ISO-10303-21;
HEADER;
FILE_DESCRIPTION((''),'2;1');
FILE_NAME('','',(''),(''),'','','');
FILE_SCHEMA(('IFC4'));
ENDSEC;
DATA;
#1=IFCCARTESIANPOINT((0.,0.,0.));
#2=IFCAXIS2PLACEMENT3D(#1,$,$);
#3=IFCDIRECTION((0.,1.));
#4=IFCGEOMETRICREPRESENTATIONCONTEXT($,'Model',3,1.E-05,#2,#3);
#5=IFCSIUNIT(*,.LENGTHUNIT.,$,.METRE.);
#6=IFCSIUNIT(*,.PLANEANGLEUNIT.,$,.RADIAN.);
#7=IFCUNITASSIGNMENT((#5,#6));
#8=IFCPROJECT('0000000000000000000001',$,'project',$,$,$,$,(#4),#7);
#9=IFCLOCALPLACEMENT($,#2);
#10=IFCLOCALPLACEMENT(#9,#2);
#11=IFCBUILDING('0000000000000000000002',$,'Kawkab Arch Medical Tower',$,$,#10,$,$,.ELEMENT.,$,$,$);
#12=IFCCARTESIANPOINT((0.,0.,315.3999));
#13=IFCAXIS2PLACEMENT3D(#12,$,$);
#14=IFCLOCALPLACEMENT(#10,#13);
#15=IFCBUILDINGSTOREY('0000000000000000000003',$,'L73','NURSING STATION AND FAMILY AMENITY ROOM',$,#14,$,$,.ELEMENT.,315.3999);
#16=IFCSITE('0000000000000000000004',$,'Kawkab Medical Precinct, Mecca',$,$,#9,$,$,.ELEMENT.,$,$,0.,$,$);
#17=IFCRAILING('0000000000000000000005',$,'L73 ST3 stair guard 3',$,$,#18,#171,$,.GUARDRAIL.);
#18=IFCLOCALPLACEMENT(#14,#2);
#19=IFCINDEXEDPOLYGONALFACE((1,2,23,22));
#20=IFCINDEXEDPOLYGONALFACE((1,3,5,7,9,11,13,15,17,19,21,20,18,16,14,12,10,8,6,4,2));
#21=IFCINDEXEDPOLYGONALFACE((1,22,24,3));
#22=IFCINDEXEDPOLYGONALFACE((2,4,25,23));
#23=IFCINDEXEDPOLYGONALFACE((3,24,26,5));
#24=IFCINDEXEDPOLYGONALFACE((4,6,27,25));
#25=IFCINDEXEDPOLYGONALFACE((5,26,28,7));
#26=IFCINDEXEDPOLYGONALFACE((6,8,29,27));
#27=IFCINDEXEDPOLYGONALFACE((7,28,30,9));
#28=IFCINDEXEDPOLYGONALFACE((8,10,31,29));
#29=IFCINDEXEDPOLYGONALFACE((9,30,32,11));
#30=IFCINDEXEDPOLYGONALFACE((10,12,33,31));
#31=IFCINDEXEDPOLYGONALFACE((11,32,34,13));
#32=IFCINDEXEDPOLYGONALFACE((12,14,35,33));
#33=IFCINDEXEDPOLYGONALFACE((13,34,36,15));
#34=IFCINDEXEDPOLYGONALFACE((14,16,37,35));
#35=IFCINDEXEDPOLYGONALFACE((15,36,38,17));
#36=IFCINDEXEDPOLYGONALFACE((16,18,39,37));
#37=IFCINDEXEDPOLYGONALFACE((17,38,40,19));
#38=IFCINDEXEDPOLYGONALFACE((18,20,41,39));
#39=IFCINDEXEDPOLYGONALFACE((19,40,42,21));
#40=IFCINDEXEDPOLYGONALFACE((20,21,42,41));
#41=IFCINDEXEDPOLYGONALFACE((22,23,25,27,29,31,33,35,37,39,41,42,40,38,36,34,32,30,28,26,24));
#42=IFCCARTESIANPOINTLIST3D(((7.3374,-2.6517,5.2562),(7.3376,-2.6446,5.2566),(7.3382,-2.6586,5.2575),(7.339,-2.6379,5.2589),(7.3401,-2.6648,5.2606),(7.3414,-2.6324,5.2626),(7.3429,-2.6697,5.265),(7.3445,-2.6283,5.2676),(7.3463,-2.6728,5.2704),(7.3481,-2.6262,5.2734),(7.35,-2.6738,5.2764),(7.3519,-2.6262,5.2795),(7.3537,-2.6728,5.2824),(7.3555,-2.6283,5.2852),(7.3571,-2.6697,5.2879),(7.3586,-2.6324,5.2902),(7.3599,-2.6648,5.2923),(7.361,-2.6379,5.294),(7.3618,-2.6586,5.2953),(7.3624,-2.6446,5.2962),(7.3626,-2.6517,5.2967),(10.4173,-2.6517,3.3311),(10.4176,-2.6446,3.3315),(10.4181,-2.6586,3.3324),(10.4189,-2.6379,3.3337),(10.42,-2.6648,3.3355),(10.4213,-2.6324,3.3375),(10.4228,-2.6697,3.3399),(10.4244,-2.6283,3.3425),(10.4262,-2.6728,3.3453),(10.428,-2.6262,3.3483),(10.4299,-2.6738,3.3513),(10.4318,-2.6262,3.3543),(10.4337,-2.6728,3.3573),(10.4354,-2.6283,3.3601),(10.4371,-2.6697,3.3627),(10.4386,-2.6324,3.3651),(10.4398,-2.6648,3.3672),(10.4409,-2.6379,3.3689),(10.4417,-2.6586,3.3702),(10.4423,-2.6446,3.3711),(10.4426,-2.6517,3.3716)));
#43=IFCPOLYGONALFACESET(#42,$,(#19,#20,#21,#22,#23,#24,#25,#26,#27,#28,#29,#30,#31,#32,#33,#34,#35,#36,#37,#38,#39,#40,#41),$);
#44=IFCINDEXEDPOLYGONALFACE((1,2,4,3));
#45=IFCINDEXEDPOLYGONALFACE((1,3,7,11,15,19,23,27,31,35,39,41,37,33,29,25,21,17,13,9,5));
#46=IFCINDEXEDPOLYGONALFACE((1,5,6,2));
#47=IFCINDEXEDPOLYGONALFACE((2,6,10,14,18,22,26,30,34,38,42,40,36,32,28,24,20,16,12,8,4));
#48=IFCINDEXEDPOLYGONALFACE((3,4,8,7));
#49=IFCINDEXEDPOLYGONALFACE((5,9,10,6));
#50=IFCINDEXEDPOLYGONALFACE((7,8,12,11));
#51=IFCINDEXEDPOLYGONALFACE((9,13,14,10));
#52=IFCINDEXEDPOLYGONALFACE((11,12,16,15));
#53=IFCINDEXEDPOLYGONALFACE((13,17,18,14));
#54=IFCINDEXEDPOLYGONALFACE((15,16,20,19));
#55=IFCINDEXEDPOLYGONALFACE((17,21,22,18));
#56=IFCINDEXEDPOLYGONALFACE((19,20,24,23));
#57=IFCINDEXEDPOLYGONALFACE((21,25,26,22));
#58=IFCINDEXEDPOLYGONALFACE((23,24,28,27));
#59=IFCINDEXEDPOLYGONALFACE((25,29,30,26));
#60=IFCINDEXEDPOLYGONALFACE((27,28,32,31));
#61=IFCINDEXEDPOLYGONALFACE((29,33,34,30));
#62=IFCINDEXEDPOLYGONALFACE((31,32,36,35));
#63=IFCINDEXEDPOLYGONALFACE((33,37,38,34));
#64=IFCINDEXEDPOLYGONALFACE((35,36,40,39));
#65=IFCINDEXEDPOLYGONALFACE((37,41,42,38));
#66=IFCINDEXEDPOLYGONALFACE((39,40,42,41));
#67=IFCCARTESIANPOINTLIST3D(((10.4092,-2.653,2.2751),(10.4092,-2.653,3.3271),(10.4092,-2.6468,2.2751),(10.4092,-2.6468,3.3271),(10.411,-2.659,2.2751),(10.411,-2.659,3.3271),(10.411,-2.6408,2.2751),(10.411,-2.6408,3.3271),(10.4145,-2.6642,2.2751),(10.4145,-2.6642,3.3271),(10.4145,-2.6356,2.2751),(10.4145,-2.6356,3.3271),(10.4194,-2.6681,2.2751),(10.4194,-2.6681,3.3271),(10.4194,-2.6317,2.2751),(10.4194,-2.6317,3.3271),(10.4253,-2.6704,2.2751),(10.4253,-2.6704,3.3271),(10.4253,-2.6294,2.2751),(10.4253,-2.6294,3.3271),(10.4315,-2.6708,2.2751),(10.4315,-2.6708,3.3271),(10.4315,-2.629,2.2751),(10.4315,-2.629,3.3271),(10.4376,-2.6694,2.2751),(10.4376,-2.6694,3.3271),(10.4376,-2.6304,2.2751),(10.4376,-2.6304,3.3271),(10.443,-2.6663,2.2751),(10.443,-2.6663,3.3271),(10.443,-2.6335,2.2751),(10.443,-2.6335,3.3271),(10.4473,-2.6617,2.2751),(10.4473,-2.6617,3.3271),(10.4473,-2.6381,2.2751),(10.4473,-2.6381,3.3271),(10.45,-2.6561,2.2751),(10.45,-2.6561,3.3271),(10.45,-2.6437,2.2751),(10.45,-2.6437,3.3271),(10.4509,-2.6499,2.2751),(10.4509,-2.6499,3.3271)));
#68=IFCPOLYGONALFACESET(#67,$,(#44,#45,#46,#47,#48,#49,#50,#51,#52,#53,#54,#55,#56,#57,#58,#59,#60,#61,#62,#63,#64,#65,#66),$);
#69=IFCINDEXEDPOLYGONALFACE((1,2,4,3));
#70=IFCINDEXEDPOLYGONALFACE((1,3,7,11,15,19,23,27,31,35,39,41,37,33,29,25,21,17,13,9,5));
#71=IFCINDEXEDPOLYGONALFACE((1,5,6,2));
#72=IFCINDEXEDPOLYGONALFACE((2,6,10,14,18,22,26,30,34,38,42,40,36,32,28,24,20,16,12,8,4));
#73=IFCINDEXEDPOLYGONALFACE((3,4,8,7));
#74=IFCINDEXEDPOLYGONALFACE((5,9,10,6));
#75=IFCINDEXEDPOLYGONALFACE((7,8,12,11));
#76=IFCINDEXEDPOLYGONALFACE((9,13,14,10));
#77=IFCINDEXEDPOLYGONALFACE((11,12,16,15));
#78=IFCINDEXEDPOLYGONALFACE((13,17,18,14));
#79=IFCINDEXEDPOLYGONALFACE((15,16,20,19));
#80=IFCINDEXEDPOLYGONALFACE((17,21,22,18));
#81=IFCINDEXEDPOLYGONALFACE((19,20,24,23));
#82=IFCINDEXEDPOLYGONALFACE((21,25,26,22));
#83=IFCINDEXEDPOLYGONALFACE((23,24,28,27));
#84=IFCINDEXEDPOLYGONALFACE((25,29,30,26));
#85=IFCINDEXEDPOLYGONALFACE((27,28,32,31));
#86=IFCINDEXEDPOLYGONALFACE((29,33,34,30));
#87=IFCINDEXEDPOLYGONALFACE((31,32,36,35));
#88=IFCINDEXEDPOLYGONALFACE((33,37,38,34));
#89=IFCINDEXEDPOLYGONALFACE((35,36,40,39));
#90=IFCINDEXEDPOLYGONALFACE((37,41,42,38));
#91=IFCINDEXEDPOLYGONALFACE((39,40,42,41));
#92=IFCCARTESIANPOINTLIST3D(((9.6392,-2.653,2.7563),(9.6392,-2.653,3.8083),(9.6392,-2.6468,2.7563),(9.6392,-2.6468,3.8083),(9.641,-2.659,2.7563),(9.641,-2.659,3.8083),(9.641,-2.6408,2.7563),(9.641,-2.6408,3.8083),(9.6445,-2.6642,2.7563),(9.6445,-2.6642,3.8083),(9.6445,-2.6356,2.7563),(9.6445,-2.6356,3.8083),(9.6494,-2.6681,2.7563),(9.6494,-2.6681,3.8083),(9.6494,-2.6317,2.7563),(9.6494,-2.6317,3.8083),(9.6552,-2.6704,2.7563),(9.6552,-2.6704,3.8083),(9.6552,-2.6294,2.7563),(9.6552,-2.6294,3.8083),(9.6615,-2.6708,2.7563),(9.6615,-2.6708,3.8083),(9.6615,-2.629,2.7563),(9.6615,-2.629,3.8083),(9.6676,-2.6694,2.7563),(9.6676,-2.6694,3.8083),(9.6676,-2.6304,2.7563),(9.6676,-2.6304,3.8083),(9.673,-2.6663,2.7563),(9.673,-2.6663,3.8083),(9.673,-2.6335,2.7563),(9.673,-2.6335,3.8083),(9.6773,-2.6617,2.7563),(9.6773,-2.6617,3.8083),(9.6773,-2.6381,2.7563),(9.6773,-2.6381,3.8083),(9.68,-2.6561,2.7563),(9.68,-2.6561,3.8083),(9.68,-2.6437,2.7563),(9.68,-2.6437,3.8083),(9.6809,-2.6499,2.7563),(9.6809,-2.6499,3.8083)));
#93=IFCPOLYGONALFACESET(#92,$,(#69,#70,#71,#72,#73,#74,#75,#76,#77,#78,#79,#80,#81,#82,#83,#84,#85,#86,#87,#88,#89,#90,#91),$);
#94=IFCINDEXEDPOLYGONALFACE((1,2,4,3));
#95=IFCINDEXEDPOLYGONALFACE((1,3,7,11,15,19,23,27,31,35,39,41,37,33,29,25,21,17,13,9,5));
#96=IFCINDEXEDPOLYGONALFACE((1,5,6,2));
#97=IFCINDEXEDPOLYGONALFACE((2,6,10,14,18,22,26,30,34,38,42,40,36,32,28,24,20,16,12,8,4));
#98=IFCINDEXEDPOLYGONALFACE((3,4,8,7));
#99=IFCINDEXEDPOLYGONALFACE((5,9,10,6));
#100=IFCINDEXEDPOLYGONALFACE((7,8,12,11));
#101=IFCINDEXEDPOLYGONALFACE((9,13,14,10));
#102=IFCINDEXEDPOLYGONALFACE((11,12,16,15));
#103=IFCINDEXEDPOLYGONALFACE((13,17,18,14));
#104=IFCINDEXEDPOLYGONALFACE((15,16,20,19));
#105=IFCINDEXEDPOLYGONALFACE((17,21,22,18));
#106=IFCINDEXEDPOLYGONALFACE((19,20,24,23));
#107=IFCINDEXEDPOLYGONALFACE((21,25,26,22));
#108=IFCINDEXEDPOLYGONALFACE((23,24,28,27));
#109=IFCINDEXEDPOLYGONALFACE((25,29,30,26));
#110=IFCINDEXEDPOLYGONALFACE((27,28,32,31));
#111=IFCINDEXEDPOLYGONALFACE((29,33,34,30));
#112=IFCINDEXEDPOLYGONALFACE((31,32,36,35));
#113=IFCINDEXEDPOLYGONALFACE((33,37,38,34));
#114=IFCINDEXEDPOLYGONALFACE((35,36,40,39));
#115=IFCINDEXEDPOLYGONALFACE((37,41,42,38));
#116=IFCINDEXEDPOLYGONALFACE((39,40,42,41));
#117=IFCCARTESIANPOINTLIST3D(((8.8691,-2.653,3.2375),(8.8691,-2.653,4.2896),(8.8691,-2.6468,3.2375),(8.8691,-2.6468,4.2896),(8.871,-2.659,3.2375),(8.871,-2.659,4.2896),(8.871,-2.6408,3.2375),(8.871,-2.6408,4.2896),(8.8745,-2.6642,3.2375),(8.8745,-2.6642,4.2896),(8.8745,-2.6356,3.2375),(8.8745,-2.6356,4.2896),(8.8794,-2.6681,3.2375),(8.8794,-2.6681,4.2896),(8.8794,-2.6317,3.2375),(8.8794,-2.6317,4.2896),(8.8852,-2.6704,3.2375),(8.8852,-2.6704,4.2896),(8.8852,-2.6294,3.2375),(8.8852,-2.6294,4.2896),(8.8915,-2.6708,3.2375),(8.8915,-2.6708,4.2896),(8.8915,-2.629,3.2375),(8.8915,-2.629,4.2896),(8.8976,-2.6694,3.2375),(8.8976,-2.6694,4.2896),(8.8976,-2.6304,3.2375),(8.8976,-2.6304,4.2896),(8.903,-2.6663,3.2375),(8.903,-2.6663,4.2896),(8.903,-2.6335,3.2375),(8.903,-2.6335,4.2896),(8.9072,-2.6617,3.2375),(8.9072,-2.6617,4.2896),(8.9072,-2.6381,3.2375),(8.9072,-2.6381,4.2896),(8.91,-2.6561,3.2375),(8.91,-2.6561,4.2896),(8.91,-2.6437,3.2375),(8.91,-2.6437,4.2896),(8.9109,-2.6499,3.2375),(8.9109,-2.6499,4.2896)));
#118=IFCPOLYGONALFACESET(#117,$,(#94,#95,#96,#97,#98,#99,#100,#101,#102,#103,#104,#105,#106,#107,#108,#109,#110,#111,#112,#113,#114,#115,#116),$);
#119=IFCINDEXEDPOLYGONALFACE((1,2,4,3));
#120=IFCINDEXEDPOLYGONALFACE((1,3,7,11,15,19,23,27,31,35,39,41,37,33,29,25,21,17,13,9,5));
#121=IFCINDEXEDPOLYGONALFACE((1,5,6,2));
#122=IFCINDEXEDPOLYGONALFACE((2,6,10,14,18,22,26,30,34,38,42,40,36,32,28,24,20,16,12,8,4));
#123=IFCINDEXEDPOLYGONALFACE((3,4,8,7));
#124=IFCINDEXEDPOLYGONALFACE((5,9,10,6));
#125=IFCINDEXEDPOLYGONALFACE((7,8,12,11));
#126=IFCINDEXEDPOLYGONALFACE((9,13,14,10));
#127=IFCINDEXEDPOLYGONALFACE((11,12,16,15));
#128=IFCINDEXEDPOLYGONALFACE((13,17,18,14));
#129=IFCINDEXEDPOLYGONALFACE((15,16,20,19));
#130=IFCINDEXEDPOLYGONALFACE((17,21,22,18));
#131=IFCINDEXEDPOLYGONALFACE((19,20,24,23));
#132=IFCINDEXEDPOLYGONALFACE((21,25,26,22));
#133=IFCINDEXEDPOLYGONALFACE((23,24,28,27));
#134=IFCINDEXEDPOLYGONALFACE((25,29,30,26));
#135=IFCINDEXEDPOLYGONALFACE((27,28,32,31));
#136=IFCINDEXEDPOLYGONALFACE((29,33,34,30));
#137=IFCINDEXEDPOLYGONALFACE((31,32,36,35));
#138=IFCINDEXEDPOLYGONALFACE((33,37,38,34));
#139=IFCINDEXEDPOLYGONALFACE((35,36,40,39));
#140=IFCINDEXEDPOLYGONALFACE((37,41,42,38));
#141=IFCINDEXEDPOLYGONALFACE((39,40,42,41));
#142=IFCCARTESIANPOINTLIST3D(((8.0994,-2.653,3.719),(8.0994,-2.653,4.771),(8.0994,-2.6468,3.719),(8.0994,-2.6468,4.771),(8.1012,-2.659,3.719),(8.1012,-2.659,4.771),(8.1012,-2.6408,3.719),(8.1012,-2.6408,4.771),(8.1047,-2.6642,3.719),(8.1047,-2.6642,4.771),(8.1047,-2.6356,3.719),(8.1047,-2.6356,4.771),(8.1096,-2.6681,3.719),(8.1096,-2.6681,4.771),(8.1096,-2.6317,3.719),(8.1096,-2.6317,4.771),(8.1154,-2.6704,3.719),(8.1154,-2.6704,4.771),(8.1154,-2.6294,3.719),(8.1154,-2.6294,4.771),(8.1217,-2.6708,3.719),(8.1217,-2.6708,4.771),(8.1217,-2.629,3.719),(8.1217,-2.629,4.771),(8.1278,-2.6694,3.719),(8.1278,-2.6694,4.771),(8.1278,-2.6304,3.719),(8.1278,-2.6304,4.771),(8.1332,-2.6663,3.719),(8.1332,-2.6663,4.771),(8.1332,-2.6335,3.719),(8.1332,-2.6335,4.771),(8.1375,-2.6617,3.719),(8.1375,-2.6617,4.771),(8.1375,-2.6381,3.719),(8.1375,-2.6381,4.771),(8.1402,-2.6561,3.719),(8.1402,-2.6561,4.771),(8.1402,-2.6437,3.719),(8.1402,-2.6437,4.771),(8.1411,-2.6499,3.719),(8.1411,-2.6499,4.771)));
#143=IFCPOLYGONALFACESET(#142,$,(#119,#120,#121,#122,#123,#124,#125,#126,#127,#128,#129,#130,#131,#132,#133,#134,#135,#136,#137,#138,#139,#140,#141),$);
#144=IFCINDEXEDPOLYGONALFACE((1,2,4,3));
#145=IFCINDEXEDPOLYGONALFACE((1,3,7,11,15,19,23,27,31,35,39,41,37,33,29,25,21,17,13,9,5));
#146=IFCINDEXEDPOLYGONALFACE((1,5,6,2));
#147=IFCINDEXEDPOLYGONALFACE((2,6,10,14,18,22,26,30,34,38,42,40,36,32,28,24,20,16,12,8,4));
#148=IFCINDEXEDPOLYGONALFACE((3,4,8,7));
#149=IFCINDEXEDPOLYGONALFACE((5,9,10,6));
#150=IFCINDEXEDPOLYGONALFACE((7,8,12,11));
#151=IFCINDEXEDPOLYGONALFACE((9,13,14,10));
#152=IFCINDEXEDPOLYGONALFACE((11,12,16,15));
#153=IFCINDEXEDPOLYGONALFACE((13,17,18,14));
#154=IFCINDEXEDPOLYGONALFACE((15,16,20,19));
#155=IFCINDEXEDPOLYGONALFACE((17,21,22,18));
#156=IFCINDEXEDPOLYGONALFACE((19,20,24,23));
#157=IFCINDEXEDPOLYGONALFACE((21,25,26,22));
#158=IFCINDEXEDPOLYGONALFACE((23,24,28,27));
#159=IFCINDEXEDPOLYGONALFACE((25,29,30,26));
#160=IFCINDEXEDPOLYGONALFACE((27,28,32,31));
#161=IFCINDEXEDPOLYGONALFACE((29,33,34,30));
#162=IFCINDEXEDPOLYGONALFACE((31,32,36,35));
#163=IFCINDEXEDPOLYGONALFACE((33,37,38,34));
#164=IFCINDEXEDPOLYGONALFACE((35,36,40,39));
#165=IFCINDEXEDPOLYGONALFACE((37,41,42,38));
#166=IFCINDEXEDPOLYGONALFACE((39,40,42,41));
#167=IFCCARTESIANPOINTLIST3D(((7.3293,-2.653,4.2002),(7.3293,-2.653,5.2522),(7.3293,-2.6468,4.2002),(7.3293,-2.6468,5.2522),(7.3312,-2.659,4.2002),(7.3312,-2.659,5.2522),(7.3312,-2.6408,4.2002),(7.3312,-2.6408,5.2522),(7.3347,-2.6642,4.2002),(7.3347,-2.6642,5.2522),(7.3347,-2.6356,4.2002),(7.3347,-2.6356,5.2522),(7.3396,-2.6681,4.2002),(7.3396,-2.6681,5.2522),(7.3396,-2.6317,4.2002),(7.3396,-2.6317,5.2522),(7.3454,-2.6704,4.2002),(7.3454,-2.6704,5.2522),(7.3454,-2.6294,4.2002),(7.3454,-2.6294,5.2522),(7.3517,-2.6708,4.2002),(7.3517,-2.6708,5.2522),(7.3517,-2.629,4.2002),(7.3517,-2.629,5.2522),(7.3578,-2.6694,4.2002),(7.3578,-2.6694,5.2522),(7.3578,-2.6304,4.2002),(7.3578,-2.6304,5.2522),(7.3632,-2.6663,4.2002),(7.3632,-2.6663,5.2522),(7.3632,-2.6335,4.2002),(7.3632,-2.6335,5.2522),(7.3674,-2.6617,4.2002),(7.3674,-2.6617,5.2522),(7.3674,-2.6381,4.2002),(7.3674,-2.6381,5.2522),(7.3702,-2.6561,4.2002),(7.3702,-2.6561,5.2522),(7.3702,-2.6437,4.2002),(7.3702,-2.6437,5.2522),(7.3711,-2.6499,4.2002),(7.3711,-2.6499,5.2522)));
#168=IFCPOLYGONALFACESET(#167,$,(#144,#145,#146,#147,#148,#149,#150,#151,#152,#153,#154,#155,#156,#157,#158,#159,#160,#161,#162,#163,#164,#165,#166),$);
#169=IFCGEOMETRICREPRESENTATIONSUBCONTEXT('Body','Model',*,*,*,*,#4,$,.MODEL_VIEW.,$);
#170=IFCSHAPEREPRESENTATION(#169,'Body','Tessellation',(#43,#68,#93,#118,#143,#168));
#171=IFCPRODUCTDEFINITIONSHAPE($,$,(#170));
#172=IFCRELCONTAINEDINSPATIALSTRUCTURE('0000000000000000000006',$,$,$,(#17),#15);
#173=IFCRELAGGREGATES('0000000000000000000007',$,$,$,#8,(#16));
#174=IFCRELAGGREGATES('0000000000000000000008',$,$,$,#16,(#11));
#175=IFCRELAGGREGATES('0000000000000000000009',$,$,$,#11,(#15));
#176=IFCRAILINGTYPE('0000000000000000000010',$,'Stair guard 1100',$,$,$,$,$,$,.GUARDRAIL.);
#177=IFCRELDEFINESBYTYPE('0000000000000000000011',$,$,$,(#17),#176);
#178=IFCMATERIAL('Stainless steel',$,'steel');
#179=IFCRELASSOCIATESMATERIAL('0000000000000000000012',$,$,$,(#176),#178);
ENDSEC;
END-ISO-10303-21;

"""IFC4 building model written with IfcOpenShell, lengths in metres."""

from ifc_helpers import new_model, si_unit, direction, frame, origin, origin_2d, place, context, subcontext, project, spatial, circle, extrude, material, type_object, element, save


model = new_model("IFC4")

# Units and contexts
model_context = context("Model", 3, precision=1e-05, world=origin(), true_north=direction((0.0, 1.0)))
body_context = subcontext(model_context, "Body", "Model", "MODEL_VIEW")
ifc_project = project(units=[si_unit("LENGTHUNIT", "METRE"), si_unit("PLANEANGLEUNIT", "RADIAN")], contexts=[model_context])

# Site, building, storey
site_placement = place(None, origin())
site = spatial("IfcSite", under=ifc_project, at=site_placement, Name="Kawkab Medical Precinct, Mecca", CompositionType="ELEMENT", RefElevation=0.0)
building_placement = place(site_placement, origin())
building = spatial("IfcBuilding", under=site, at=building_placement, Name="Kawkab Arch Medical Tower", CompositionType="ELEMENT")
storey_placement = place(building_placement, frame((0.0, 0.0, 315.3999)))
storey = spatial("IfcBuildingStorey", under=building, at=storey_placement, Name="L73", Description="NURSING STATION AND FAMILY AMENITY ROOM", CompositionType="ELEMENT", Elevation=315.3999)

# Railing
ifc_material_1 = material(Name="Stainless steel", Category="steel")
railing_type = type_object("IfcRailingType", Name="Stair guard 1100", PredefinedType="GUARDRAIL", material=ifc_material_1)
railing_1_placement = place(storey_placement, frame((10.4299, -2.6499, 2.2751)))
element("IfcRailing", 1, at=railing_1_placement, inside=storey, type_object=railing_type, Name="L73 ST3 stair guard 3", PredefinedType="GUARDRAIL", context=body_context, shape_type="SweptSolid", body=[
    extrude(circle(Radius=0.0239, at=origin_2d()), frame((0.0, 0.0, 1.0762), z_axis=(-0.847979, 0.0, 0.530029), x_axis=(0.0, -1.0, 0.0)), (0.0, 0.0, 1.0), 3.6321),
    extrude(circle(Radius=0.021, at=origin_2d()), origin(), (0.0, 0.0, 1.0), 1.052),
    extrude(circle(Radius=0.021, at=origin_2d()), frame((-0.77, 0.0, 0.4812)), (0.0, 0.0, 1.0), 1.052),
    extrude(circle(Radius=0.021, at=origin_2d()), frame((-1.54, 0.0, 0.9624)), (0.0, 0.0, 1.0), 1.052),
    extrude(circle(Radius=0.021, at=origin_2d()), frame((-2.3098, 0.0, 1.4438)), (0.0, 0.0, 1.0), 1.052),
    extrude(circle(Radius=0.021, at=origin_2d()), frame((-3.0798, 0.0, 1.925)), (0.0, 0.0, 1.0), 1.052),
])

save(model, "model.ifc")
